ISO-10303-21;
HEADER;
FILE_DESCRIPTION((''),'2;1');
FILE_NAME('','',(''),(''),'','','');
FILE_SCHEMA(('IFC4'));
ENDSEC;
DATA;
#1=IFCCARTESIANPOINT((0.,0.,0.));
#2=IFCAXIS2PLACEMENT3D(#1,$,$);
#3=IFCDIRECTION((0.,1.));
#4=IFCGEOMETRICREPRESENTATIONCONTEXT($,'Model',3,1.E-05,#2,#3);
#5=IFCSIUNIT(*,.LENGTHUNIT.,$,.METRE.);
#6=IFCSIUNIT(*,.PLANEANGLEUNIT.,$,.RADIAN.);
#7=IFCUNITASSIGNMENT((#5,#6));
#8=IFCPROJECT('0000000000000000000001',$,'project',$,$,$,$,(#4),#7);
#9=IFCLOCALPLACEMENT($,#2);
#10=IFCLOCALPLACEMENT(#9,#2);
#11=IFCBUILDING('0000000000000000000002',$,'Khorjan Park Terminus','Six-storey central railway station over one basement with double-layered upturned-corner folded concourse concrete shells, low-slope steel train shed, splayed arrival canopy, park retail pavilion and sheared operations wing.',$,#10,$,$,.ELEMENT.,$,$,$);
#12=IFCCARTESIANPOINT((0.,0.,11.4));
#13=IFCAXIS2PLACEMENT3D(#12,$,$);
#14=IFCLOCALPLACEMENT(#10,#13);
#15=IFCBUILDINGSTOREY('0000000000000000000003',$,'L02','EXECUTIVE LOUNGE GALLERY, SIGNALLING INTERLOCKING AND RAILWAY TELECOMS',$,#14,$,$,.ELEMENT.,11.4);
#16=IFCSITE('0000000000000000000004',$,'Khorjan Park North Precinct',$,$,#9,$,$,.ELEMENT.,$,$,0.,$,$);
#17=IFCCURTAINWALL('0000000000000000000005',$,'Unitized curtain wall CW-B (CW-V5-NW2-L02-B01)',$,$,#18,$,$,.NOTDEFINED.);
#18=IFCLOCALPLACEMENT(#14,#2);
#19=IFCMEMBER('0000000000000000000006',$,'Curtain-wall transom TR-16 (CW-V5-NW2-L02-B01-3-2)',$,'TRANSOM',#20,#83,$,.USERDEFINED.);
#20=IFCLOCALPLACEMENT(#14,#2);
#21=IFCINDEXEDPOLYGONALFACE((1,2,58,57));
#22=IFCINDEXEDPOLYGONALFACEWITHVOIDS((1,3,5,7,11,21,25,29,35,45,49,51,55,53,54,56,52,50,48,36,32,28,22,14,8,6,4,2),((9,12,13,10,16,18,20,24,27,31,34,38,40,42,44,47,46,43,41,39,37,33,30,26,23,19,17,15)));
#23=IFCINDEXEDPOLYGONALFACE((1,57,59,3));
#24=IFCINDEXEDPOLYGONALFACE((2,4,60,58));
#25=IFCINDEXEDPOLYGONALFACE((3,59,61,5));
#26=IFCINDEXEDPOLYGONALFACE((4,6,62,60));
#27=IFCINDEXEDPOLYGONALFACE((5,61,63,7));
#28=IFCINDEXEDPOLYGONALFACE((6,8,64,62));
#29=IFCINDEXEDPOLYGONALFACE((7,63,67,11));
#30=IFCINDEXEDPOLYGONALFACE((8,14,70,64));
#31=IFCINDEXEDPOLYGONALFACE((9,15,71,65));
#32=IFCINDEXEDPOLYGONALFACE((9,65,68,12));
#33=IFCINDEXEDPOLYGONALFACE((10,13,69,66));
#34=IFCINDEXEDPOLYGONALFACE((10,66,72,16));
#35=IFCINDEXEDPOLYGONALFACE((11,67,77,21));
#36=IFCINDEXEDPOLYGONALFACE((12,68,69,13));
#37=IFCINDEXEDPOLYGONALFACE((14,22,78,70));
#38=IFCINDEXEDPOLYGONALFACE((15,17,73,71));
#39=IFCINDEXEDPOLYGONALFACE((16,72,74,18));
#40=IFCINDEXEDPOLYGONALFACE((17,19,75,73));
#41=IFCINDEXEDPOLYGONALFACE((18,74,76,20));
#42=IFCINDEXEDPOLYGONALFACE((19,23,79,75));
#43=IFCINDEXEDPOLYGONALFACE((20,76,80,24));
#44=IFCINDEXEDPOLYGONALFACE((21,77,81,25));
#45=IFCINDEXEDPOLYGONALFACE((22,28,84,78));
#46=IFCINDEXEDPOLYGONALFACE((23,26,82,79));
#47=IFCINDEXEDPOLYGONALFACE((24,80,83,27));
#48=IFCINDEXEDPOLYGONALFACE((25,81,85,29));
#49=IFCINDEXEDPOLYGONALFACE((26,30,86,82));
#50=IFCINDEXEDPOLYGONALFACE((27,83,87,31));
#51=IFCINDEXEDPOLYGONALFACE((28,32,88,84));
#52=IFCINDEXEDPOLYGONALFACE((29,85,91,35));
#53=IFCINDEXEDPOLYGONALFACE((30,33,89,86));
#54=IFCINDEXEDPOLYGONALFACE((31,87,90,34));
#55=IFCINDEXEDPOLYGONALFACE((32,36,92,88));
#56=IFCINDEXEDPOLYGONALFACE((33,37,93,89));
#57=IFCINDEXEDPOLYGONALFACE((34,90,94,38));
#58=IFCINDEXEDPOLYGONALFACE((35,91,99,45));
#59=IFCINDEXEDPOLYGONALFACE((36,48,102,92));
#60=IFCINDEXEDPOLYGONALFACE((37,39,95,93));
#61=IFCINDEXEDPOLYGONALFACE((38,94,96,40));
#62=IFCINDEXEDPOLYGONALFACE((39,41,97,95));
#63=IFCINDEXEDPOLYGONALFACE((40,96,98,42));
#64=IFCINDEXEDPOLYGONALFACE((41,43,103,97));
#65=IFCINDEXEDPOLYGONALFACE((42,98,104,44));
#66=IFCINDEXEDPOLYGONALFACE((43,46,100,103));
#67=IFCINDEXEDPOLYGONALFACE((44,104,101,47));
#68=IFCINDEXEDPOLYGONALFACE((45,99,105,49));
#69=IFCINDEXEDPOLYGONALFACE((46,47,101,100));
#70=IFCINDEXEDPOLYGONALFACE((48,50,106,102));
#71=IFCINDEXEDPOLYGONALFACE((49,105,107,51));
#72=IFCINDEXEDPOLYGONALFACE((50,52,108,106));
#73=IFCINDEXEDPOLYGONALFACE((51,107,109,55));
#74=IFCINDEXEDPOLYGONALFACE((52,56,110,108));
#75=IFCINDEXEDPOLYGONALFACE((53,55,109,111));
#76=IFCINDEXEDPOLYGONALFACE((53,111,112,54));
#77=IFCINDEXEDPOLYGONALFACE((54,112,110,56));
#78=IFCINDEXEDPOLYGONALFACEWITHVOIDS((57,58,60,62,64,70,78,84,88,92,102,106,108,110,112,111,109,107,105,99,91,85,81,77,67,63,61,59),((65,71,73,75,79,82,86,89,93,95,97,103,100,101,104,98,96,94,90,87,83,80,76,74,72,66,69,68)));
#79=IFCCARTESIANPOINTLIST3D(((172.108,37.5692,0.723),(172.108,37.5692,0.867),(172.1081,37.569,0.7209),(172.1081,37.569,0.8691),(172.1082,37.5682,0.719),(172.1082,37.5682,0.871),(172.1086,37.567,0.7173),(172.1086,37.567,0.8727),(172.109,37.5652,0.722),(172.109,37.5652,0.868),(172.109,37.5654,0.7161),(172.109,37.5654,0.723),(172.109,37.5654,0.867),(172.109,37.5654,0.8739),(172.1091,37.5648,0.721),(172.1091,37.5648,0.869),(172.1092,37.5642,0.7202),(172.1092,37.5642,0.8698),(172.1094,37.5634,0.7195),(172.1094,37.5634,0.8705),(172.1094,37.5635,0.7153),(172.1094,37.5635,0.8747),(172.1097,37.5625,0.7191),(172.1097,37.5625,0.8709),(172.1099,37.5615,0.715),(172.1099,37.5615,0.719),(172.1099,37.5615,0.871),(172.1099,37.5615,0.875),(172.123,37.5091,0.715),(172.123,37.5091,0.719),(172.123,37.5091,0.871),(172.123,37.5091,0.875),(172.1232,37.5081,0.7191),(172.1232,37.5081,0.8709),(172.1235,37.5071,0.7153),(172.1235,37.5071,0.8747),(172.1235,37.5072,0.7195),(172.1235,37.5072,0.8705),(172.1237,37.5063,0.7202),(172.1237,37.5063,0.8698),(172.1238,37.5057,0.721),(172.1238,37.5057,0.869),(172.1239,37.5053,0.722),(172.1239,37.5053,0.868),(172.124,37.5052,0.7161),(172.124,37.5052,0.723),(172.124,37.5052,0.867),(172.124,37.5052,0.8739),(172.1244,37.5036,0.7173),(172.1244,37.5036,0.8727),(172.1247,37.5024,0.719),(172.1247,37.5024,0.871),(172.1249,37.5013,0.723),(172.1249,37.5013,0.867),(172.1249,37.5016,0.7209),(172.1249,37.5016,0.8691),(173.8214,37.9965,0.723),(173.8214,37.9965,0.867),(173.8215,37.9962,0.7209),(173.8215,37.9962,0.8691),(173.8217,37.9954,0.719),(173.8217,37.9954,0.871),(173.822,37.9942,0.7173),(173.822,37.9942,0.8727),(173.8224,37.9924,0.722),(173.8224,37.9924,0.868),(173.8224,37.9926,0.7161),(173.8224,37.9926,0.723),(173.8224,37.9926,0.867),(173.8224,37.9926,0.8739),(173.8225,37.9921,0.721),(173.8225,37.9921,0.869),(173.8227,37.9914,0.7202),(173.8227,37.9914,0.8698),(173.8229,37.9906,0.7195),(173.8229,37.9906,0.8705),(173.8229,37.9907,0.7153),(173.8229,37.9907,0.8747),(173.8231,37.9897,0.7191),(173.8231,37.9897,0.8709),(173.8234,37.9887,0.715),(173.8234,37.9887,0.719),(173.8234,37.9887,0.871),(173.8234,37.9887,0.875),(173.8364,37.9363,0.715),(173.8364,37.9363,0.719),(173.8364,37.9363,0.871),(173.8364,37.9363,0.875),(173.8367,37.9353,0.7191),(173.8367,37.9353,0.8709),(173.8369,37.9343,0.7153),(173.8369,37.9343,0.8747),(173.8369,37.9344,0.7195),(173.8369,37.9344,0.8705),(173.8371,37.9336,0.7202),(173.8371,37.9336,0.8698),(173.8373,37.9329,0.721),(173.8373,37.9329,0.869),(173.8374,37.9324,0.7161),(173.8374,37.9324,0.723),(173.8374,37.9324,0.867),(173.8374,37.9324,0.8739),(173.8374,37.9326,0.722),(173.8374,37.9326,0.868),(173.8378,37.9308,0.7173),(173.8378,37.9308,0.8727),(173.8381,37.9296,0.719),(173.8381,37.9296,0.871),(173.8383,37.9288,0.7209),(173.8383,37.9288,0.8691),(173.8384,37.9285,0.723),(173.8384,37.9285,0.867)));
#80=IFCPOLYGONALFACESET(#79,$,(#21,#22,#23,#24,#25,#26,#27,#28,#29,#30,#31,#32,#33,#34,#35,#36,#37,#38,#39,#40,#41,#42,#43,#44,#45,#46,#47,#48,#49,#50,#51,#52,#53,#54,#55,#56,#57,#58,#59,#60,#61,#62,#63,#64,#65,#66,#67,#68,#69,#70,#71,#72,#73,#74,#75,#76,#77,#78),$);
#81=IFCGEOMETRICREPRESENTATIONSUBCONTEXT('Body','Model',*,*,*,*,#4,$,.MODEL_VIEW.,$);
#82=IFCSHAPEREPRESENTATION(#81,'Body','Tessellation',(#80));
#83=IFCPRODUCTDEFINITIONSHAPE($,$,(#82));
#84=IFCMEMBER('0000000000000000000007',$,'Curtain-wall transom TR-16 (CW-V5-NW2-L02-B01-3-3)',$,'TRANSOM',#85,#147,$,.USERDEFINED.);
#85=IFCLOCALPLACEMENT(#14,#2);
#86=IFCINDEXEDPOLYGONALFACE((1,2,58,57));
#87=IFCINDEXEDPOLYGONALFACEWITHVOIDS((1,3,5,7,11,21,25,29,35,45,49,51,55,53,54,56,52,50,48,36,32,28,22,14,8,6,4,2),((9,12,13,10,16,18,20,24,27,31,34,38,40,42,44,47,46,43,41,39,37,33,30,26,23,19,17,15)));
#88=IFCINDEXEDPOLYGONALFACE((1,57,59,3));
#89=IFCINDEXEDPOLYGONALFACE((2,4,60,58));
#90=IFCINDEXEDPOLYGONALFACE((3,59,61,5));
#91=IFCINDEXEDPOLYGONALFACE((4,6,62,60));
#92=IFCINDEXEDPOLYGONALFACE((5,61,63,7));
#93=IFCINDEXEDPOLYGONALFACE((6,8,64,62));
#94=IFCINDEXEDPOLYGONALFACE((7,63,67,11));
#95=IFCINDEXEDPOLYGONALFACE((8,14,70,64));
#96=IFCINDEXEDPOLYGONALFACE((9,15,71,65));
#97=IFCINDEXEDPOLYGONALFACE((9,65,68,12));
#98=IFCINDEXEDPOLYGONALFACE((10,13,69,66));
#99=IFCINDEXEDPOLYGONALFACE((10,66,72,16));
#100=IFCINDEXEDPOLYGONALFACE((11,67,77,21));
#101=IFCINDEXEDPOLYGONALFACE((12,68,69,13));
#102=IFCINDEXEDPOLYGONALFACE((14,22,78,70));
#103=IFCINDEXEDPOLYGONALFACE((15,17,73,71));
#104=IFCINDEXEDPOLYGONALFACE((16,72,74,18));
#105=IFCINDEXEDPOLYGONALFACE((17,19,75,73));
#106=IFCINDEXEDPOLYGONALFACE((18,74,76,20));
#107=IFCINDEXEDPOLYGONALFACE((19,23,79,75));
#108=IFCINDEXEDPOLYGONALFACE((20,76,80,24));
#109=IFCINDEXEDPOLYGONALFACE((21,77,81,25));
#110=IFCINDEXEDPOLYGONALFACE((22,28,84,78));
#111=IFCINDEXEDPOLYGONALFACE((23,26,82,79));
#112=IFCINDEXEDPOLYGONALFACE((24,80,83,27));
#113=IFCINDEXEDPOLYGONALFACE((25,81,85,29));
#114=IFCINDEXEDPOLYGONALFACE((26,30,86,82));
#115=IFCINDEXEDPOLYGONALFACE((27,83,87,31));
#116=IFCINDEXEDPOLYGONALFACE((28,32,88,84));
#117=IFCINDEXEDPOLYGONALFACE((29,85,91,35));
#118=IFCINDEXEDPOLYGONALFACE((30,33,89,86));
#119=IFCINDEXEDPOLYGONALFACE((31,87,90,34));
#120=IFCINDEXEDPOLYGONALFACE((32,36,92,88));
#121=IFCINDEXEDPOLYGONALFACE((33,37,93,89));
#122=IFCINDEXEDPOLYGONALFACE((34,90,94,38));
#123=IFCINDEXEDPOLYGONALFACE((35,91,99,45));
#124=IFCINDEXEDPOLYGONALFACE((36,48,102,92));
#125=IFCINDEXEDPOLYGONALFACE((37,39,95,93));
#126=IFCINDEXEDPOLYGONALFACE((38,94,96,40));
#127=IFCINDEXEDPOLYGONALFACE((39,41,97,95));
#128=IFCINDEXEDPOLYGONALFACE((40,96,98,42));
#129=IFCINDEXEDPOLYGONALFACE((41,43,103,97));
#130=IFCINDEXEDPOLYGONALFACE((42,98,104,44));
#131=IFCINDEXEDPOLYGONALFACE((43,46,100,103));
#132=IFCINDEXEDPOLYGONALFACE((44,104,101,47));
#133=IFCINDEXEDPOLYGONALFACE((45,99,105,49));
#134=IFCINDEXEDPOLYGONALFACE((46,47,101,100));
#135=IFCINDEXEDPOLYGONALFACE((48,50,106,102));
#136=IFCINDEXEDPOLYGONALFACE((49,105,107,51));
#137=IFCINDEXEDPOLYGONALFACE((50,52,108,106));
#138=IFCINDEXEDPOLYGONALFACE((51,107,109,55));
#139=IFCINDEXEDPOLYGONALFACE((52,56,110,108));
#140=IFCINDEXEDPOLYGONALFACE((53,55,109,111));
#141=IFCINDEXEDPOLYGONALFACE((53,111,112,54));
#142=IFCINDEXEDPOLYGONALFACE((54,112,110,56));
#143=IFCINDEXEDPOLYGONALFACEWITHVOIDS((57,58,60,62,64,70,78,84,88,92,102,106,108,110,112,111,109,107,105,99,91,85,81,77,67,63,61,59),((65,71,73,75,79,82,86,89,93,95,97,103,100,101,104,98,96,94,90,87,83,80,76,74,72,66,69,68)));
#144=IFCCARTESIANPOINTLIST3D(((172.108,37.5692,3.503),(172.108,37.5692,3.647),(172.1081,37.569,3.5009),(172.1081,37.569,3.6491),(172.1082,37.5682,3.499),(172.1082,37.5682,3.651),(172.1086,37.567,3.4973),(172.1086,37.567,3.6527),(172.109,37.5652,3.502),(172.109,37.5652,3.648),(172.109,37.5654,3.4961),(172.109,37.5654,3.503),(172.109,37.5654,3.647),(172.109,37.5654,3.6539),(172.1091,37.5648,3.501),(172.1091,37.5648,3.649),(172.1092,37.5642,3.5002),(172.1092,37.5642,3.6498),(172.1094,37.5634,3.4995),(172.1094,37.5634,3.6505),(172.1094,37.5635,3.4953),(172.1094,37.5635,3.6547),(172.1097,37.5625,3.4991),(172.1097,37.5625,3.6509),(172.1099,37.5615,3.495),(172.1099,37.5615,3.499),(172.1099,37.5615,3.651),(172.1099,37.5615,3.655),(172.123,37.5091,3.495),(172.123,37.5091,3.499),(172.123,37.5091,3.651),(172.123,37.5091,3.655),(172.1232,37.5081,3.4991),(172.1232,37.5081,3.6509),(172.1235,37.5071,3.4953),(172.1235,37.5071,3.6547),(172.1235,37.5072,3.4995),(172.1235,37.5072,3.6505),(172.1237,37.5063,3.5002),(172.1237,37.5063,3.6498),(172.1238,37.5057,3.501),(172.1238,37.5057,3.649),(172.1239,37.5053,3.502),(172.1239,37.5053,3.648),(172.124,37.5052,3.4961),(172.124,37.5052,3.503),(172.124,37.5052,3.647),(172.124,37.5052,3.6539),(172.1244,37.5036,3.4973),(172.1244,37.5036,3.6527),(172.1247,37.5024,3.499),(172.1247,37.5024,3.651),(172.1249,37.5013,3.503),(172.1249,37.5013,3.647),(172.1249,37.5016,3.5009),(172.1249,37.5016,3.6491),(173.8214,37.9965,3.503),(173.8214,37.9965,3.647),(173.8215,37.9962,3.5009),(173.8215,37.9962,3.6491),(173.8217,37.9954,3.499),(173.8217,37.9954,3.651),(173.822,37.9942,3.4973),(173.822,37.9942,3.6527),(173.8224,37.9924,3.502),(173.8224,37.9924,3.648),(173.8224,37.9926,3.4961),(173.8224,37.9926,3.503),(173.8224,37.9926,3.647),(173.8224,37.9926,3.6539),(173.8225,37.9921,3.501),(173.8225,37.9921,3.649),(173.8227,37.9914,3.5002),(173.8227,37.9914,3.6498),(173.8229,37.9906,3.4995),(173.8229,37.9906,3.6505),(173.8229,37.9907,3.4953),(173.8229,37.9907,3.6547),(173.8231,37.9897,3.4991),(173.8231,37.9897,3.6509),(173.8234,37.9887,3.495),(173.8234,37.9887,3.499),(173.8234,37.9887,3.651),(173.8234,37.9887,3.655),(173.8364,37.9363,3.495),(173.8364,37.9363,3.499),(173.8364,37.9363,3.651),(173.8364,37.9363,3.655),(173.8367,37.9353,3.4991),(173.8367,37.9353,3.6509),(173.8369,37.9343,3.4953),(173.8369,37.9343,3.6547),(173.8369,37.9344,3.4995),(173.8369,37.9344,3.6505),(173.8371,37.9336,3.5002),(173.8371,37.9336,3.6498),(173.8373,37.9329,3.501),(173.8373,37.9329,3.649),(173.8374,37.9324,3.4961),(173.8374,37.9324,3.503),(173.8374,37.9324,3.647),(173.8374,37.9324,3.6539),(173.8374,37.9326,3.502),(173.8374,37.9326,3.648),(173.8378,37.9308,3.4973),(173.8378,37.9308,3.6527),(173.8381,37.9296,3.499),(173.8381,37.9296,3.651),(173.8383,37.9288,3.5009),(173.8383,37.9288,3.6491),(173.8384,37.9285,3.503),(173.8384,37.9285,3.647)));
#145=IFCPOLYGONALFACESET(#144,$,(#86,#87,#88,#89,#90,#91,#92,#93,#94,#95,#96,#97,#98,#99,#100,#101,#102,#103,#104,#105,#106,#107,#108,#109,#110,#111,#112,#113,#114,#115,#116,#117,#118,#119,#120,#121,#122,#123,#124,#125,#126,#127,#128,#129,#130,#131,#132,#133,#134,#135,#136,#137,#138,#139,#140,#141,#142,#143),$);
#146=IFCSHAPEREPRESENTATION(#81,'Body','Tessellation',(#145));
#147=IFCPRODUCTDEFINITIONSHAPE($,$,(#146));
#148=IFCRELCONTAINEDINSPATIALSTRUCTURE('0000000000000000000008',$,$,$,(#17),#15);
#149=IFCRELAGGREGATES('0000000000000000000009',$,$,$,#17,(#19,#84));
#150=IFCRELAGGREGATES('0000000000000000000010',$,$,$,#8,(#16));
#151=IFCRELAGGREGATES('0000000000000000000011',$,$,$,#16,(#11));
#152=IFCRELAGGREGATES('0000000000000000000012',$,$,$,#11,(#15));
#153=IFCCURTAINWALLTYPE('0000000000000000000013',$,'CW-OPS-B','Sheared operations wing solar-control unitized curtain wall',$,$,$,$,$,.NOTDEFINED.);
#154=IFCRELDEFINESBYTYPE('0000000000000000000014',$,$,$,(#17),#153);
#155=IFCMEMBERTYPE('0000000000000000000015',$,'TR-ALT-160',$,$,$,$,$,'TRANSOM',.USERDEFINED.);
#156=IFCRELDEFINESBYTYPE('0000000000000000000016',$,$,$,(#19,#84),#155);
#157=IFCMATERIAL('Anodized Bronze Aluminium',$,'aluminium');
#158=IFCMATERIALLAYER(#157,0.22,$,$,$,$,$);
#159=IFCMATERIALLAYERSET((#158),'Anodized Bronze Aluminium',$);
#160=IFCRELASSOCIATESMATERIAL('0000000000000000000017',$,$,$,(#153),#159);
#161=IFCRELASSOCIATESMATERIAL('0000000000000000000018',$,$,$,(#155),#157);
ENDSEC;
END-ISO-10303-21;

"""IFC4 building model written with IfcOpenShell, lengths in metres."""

from ifc_helpers import new_model, si_unit, direction, frame, origin, origin_2d, place, context, subcontext, project, spatial, hollow_rectangle, extrude, material, layer, layer_set, material_profile, profile_set, type_object, element, aggregate, save


model = new_model("IFC4")

# Units and contexts
model_context = context("Model", 3, precision=1e-05, world=origin(), true_north=direction((0.0, 1.0)))
body_context = subcontext(model_context, "Body", "Model", "MODEL_VIEW")
ifc_project = project(units=[si_unit("LENGTHUNIT", "METRE"), si_unit("PLANEANGLEUNIT", "RADIAN")], contexts=[model_context])

# Site, building, storey
site_placement = place(None, origin())
site = spatial("IfcSite", under=ifc_project, at=site_placement, Name="Khorjan Park North Precinct", CompositionType="ELEMENT", RefElevation=0.0)
building_placement = place(site_placement, origin())
building = spatial("IfcBuilding", under=site, at=building_placement, Name="Khorjan Park Terminus", Description="Six-storey central railway station over one basement with double-layered upturned-corner folded concourse concrete shells, low-slope steel train shed, splayed arrival canopy, park retail pavilion and sheared operations wing.", CompositionType="ELEMENT")
storey_placement = place(building_placement, frame((0.0, 0.0, 11.4)))
storey = spatial("IfcBuildingStorey", under=building, at=storey_placement, Name="L02", Description="EXECUTIVE LOUNGE GALLERY, SIGNALLING INTERLOCKING AND RAILWAY TELECOMS", CompositionType="ELEMENT", Elevation=11.4)

# Shared definitions
ifc_material_1 = material(Name="Anodized Bronze Aluminium", Category="aluminium")
ifc_layer_1 = layer(ifc_material_1, 0.22)
ifc_layer_set_1 = layer_set([ifc_layer_1], Name="Anodized Bronze Aluminium")
curtain_wall_type = type_object("IfcCurtainWallType", Name="CW-OPS-B", Description="Sheared operations wing solar-control unitized curtain wall", PredefinedType="NOTDEFINED", material=ifc_layer_set_1)

# Curtain wall
curtain_wall_1_placement = place(storey_placement, origin())
curtain_wall_1 = element("IfcCurtainWall", 1, at=curtain_wall_1_placement, inside=storey, type_object=curtain_wall_type, Name="Unitized curtain wall CW-B (CW-V5-NW2-L02-B01)", PredefinedType="NOTDEFINED")

# Members
ifc_material_profile_1 = material_profile(ifc_material_1, hollow_rectangle(XDim=0.07, YDim=0.16, WallThickness=0.004, InnerFilletRadius=0.004, OuterFilletRadius=0.008, at=origin_2d()), Name="ALT 70x160x4")
ifc_profile_set_1 = profile_set([ifc_material_profile_1], Name="Anodized Bronze Aluminium")
member_type_1 = type_object("IfcMemberType", Name="TR-ALT-160", ElementType="TRANSOM", PredefinedType="USERDEFINED", material=ifc_profile_set_1)
member_1_placement = place(storey_placement, frame((173.8299, 37.9625, 0.795), z_axis=(-0.970296, -0.241923, 0.0), x_axis=(0.241923, -0.970296, 0.0)))
member_1 = element("IfcMember", 2, at=member_1_placement, type_object=member_type_1, Name="Curtain-wall transom TR-16 (CW-V5-NW2-L02-B01-3-2)", ObjectType="TRANSOM", PredefinedType="USERDEFINED", context=body_context, shape_type="SweptSolid", body=[
    extrude(hollow_rectangle(XDim=0.07, YDim=0.16, WallThickness=0.004, InnerFilletRadius=0.004, OuterFilletRadius=0.008, at=origin_2d()), origin(), (0.0, 0.0, 1.0), 1.7659),
])
member_2_placement = place(storey_placement, frame((173.8299, 37.9625, 3.575), z_axis=(-0.970296, -0.241923, 0.0), x_axis=(0.241923, -0.970296, 0.0)))
member_2 = element("IfcMember", 3, at=member_2_placement, type_object=member_type_1, Name="Curtain-wall transom TR-16 (CW-V5-NW2-L02-B01-3-3)", ObjectType="TRANSOM", PredefinedType="USERDEFINED", context=body_context, shape_type="SweptSolid", body=[
    extrude(hollow_rectangle(XDim=0.07, YDim=0.16, WallThickness=0.004, InnerFilletRadius=0.004, OuterFilletRadius=0.008, at=origin_2d()), origin(), (0.0, 0.0, 1.0), 1.7659),
])

aggregate(curtain_wall_1, [member_1, member_2])

save(model, "model.ifc")
